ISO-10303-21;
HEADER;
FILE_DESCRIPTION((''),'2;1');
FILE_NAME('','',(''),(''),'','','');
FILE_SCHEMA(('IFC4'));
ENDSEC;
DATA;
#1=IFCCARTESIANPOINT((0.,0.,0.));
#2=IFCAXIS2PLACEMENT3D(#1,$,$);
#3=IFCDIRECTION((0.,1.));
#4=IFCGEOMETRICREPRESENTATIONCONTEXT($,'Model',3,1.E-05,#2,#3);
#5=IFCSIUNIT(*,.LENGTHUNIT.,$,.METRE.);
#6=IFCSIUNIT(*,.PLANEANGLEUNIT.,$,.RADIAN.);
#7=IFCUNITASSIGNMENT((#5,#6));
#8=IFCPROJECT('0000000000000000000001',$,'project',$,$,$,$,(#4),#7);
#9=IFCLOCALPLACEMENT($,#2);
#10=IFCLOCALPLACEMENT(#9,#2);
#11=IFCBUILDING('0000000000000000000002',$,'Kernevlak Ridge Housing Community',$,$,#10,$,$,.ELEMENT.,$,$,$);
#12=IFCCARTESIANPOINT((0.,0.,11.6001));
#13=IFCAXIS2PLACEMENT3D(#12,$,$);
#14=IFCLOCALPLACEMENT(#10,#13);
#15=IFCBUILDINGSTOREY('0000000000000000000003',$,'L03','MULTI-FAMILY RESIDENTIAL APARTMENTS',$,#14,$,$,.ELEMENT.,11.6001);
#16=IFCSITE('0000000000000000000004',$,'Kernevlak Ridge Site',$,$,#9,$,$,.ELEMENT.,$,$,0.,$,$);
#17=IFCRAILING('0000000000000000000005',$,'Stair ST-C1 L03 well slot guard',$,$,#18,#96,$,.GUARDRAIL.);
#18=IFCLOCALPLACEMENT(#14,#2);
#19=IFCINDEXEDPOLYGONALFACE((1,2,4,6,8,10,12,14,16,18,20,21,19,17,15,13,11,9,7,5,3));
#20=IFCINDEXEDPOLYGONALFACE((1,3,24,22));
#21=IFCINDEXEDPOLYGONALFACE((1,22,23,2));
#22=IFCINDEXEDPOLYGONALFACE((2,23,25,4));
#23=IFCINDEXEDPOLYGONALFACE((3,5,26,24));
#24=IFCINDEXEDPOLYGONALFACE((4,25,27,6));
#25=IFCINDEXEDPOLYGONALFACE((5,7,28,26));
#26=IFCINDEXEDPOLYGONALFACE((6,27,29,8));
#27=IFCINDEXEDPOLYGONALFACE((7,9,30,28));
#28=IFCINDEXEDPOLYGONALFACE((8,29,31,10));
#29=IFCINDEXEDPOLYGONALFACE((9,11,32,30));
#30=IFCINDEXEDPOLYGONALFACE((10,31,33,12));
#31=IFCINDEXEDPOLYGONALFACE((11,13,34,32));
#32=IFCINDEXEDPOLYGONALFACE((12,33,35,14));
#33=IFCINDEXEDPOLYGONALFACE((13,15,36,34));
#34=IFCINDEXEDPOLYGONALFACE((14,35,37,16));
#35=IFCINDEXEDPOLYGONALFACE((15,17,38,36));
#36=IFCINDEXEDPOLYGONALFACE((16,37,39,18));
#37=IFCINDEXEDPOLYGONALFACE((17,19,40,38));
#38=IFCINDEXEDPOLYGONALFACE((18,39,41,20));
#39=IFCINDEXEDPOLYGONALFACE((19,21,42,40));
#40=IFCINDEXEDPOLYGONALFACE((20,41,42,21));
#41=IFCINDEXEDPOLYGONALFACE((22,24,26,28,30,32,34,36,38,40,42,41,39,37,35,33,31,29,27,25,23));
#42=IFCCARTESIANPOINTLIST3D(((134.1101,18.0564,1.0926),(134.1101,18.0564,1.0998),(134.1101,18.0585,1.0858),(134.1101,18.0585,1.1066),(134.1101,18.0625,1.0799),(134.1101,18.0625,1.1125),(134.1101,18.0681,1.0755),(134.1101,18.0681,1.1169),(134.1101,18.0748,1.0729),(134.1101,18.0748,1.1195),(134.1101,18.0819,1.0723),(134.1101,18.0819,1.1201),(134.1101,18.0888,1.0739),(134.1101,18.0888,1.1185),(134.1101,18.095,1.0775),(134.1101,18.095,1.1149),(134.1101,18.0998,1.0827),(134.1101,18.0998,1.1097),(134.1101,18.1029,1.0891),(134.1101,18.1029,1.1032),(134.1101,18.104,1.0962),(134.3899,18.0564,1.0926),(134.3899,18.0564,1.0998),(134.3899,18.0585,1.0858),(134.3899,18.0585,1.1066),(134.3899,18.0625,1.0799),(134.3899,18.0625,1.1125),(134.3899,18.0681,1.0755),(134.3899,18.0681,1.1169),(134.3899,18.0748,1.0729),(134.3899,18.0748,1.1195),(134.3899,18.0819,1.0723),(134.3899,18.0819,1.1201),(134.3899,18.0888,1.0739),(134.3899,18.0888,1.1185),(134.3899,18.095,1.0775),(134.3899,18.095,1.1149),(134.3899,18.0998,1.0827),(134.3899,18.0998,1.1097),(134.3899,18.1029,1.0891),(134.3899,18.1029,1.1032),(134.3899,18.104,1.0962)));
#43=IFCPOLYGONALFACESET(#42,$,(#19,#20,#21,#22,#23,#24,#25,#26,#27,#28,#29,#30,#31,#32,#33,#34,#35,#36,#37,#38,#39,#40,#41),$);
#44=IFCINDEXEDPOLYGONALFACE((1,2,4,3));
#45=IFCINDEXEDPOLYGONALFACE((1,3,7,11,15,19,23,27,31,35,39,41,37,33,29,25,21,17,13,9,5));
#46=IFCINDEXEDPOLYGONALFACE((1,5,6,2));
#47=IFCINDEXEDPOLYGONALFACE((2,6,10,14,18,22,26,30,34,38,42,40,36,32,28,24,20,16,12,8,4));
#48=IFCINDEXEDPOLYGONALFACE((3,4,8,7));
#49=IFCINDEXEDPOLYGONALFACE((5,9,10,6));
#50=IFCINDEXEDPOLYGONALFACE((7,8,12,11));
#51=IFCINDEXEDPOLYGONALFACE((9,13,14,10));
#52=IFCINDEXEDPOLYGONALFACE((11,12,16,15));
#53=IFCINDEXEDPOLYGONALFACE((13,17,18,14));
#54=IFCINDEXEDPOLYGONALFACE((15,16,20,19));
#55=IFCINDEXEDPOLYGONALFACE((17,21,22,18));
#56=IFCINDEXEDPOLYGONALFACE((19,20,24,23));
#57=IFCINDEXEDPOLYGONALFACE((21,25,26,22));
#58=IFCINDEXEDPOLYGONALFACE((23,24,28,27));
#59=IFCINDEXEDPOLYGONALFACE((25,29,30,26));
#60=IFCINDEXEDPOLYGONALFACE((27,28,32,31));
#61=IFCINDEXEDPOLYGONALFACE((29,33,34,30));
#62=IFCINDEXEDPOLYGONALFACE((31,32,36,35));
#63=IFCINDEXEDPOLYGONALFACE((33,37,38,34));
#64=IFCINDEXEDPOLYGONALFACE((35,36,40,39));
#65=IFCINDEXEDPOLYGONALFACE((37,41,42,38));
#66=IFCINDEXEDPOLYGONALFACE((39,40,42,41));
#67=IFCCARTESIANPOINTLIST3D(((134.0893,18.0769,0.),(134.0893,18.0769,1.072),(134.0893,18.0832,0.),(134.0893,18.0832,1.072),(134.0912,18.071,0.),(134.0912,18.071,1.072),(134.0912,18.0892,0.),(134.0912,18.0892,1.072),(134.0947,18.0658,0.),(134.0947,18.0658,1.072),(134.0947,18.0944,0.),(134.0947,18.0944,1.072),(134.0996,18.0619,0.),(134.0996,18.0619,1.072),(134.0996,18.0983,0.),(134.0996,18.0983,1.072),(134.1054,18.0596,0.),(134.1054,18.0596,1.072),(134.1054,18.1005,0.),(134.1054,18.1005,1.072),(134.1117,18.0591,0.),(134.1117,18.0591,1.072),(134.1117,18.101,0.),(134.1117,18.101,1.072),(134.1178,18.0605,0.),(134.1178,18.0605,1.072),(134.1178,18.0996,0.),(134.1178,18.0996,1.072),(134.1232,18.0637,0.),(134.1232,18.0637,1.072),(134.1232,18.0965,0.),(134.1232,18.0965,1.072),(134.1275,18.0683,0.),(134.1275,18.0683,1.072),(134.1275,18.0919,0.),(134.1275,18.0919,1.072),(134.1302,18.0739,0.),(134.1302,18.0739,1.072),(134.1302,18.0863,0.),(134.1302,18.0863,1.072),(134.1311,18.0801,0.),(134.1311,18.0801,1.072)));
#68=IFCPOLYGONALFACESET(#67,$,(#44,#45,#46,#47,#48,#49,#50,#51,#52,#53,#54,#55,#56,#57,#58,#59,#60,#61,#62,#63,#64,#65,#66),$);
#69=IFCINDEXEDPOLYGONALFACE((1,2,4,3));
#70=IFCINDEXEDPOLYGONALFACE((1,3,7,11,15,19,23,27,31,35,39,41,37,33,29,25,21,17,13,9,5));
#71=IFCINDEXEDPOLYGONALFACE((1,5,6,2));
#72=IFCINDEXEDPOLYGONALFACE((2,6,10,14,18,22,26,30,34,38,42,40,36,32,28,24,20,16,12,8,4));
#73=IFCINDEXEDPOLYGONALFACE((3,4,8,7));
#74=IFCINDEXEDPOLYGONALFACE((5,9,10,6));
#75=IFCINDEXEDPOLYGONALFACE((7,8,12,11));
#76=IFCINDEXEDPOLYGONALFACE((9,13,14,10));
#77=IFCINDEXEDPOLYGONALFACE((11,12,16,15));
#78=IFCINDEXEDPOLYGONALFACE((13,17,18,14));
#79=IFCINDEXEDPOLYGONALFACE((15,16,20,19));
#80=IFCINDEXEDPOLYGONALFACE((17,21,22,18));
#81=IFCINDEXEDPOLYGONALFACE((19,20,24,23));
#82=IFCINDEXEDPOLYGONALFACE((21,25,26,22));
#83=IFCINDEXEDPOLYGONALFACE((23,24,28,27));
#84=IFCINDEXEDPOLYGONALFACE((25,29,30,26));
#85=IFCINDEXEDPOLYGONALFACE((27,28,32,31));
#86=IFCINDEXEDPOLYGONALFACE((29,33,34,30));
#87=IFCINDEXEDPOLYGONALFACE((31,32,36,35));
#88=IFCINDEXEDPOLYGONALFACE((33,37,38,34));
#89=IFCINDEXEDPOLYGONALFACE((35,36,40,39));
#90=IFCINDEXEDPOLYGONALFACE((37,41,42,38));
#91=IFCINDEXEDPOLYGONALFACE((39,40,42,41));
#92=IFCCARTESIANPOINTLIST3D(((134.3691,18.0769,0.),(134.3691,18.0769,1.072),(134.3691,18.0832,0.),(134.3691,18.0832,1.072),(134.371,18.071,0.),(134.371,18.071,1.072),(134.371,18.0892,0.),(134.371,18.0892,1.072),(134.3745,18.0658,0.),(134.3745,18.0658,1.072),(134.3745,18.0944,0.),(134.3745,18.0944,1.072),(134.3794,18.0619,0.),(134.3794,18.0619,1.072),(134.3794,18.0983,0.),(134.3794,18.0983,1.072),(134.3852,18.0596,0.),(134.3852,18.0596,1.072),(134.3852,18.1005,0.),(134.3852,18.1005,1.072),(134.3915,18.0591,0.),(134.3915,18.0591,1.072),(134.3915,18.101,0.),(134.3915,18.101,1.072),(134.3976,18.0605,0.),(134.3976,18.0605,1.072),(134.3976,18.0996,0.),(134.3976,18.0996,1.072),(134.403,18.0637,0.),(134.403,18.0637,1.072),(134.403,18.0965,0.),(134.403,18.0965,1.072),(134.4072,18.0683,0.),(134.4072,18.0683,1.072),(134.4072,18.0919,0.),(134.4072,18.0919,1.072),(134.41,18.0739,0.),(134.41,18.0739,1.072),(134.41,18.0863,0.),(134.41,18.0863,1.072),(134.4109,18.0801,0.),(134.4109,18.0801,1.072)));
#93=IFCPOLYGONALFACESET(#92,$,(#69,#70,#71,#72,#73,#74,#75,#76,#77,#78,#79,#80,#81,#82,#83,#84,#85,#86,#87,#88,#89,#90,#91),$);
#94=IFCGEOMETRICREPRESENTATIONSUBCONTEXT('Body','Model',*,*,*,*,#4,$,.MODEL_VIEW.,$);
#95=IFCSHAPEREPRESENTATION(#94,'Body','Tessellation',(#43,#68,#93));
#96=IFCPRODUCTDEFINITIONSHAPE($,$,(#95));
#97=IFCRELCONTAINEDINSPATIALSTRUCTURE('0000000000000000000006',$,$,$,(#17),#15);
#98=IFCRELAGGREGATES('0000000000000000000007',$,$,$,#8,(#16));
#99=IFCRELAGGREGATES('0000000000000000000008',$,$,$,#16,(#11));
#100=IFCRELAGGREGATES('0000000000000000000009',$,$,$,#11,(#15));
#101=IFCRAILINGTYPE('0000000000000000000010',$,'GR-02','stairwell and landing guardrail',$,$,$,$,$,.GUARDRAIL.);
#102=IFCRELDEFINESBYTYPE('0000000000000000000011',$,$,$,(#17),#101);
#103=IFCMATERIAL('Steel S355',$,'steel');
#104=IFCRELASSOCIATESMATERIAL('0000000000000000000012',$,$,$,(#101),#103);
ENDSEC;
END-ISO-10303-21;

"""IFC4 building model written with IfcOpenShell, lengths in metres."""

from ifc_helpers import new_model, si_unit, direction, frame, origin, origin_2d, place, context, subcontext, project, spatial, circle, extrude, material, type_object, element, save


model = new_model("IFC4")

# Units and contexts
model_context = context("Model", 3, precision=1e-05, world=origin(), true_north=direction((0.0, 1.0)))
body_context = subcontext(model_context, "Body", "Model", "MODEL_VIEW")
ifc_project = project(units=[si_unit("LENGTHUNIT", "METRE"), si_unit("PLANEANGLEUNIT", "RADIAN")], contexts=[model_context])

# Site, building, storey
site_placement = place(None, origin())
site = spatial("IfcSite", under=ifc_project, at=site_placement, Name="Kernevlak Ridge Site", CompositionType="ELEMENT", RefElevation=0.0)
building_placement = place(site_placement, origin())
building = spatial("IfcBuilding", under=site, at=building_placement, Name="Kernevlak Ridge Housing Community", CompositionType="ELEMENT")
storey_placement = place(building_placement, frame((0.0, 0.0, 11.6001)))
storey = spatial("IfcBuildingStorey", under=building, at=storey_placement, Name="L03", Description="MULTI-FAMILY RESIDENTIAL APARTMENTS", CompositionType="ELEMENT", Elevation=11.6001)

# Railing
ifc_material_1 = material(Name="Steel S355", Category="steel")
railing_type_1 = type_object("IfcRailingType", Name="GR-02", Description="stairwell and landing guardrail", PredefinedType="GUARDRAIL", material=ifc_material_1)
railing_1_placement = place(storey_placement, frame((134.1101, 18.0801, 0.0)))
element("IfcRailing", 1, at=railing_1_placement, inside=storey, type_object=railing_type_1, Name="Stair ST-C1 L03 well slot guard", PredefinedType="GUARDRAIL", context=body_context, shape_type="SweptSolid", body=[
    extrude(circle(Radius=0.0239, at=origin_2d()), frame((0.0, 0.0, 1.0962), z_axis=(1.0, 0.0, 0.0), x_axis=(0.0, 1.0, 0.0)), (0.0, 0.0, 1.0), 0.2798),
    extrude(circle(Radius=0.021, at=origin_2d()), origin(), (0.0, 0.0, 1.0), 1.072),
    extrude(circle(Radius=0.021, at=origin_2d()), frame((0.2798, 0.0, 0.0)), (0.0, 0.0, 1.0), 1.072),
])

save(model, "model.ifc")
